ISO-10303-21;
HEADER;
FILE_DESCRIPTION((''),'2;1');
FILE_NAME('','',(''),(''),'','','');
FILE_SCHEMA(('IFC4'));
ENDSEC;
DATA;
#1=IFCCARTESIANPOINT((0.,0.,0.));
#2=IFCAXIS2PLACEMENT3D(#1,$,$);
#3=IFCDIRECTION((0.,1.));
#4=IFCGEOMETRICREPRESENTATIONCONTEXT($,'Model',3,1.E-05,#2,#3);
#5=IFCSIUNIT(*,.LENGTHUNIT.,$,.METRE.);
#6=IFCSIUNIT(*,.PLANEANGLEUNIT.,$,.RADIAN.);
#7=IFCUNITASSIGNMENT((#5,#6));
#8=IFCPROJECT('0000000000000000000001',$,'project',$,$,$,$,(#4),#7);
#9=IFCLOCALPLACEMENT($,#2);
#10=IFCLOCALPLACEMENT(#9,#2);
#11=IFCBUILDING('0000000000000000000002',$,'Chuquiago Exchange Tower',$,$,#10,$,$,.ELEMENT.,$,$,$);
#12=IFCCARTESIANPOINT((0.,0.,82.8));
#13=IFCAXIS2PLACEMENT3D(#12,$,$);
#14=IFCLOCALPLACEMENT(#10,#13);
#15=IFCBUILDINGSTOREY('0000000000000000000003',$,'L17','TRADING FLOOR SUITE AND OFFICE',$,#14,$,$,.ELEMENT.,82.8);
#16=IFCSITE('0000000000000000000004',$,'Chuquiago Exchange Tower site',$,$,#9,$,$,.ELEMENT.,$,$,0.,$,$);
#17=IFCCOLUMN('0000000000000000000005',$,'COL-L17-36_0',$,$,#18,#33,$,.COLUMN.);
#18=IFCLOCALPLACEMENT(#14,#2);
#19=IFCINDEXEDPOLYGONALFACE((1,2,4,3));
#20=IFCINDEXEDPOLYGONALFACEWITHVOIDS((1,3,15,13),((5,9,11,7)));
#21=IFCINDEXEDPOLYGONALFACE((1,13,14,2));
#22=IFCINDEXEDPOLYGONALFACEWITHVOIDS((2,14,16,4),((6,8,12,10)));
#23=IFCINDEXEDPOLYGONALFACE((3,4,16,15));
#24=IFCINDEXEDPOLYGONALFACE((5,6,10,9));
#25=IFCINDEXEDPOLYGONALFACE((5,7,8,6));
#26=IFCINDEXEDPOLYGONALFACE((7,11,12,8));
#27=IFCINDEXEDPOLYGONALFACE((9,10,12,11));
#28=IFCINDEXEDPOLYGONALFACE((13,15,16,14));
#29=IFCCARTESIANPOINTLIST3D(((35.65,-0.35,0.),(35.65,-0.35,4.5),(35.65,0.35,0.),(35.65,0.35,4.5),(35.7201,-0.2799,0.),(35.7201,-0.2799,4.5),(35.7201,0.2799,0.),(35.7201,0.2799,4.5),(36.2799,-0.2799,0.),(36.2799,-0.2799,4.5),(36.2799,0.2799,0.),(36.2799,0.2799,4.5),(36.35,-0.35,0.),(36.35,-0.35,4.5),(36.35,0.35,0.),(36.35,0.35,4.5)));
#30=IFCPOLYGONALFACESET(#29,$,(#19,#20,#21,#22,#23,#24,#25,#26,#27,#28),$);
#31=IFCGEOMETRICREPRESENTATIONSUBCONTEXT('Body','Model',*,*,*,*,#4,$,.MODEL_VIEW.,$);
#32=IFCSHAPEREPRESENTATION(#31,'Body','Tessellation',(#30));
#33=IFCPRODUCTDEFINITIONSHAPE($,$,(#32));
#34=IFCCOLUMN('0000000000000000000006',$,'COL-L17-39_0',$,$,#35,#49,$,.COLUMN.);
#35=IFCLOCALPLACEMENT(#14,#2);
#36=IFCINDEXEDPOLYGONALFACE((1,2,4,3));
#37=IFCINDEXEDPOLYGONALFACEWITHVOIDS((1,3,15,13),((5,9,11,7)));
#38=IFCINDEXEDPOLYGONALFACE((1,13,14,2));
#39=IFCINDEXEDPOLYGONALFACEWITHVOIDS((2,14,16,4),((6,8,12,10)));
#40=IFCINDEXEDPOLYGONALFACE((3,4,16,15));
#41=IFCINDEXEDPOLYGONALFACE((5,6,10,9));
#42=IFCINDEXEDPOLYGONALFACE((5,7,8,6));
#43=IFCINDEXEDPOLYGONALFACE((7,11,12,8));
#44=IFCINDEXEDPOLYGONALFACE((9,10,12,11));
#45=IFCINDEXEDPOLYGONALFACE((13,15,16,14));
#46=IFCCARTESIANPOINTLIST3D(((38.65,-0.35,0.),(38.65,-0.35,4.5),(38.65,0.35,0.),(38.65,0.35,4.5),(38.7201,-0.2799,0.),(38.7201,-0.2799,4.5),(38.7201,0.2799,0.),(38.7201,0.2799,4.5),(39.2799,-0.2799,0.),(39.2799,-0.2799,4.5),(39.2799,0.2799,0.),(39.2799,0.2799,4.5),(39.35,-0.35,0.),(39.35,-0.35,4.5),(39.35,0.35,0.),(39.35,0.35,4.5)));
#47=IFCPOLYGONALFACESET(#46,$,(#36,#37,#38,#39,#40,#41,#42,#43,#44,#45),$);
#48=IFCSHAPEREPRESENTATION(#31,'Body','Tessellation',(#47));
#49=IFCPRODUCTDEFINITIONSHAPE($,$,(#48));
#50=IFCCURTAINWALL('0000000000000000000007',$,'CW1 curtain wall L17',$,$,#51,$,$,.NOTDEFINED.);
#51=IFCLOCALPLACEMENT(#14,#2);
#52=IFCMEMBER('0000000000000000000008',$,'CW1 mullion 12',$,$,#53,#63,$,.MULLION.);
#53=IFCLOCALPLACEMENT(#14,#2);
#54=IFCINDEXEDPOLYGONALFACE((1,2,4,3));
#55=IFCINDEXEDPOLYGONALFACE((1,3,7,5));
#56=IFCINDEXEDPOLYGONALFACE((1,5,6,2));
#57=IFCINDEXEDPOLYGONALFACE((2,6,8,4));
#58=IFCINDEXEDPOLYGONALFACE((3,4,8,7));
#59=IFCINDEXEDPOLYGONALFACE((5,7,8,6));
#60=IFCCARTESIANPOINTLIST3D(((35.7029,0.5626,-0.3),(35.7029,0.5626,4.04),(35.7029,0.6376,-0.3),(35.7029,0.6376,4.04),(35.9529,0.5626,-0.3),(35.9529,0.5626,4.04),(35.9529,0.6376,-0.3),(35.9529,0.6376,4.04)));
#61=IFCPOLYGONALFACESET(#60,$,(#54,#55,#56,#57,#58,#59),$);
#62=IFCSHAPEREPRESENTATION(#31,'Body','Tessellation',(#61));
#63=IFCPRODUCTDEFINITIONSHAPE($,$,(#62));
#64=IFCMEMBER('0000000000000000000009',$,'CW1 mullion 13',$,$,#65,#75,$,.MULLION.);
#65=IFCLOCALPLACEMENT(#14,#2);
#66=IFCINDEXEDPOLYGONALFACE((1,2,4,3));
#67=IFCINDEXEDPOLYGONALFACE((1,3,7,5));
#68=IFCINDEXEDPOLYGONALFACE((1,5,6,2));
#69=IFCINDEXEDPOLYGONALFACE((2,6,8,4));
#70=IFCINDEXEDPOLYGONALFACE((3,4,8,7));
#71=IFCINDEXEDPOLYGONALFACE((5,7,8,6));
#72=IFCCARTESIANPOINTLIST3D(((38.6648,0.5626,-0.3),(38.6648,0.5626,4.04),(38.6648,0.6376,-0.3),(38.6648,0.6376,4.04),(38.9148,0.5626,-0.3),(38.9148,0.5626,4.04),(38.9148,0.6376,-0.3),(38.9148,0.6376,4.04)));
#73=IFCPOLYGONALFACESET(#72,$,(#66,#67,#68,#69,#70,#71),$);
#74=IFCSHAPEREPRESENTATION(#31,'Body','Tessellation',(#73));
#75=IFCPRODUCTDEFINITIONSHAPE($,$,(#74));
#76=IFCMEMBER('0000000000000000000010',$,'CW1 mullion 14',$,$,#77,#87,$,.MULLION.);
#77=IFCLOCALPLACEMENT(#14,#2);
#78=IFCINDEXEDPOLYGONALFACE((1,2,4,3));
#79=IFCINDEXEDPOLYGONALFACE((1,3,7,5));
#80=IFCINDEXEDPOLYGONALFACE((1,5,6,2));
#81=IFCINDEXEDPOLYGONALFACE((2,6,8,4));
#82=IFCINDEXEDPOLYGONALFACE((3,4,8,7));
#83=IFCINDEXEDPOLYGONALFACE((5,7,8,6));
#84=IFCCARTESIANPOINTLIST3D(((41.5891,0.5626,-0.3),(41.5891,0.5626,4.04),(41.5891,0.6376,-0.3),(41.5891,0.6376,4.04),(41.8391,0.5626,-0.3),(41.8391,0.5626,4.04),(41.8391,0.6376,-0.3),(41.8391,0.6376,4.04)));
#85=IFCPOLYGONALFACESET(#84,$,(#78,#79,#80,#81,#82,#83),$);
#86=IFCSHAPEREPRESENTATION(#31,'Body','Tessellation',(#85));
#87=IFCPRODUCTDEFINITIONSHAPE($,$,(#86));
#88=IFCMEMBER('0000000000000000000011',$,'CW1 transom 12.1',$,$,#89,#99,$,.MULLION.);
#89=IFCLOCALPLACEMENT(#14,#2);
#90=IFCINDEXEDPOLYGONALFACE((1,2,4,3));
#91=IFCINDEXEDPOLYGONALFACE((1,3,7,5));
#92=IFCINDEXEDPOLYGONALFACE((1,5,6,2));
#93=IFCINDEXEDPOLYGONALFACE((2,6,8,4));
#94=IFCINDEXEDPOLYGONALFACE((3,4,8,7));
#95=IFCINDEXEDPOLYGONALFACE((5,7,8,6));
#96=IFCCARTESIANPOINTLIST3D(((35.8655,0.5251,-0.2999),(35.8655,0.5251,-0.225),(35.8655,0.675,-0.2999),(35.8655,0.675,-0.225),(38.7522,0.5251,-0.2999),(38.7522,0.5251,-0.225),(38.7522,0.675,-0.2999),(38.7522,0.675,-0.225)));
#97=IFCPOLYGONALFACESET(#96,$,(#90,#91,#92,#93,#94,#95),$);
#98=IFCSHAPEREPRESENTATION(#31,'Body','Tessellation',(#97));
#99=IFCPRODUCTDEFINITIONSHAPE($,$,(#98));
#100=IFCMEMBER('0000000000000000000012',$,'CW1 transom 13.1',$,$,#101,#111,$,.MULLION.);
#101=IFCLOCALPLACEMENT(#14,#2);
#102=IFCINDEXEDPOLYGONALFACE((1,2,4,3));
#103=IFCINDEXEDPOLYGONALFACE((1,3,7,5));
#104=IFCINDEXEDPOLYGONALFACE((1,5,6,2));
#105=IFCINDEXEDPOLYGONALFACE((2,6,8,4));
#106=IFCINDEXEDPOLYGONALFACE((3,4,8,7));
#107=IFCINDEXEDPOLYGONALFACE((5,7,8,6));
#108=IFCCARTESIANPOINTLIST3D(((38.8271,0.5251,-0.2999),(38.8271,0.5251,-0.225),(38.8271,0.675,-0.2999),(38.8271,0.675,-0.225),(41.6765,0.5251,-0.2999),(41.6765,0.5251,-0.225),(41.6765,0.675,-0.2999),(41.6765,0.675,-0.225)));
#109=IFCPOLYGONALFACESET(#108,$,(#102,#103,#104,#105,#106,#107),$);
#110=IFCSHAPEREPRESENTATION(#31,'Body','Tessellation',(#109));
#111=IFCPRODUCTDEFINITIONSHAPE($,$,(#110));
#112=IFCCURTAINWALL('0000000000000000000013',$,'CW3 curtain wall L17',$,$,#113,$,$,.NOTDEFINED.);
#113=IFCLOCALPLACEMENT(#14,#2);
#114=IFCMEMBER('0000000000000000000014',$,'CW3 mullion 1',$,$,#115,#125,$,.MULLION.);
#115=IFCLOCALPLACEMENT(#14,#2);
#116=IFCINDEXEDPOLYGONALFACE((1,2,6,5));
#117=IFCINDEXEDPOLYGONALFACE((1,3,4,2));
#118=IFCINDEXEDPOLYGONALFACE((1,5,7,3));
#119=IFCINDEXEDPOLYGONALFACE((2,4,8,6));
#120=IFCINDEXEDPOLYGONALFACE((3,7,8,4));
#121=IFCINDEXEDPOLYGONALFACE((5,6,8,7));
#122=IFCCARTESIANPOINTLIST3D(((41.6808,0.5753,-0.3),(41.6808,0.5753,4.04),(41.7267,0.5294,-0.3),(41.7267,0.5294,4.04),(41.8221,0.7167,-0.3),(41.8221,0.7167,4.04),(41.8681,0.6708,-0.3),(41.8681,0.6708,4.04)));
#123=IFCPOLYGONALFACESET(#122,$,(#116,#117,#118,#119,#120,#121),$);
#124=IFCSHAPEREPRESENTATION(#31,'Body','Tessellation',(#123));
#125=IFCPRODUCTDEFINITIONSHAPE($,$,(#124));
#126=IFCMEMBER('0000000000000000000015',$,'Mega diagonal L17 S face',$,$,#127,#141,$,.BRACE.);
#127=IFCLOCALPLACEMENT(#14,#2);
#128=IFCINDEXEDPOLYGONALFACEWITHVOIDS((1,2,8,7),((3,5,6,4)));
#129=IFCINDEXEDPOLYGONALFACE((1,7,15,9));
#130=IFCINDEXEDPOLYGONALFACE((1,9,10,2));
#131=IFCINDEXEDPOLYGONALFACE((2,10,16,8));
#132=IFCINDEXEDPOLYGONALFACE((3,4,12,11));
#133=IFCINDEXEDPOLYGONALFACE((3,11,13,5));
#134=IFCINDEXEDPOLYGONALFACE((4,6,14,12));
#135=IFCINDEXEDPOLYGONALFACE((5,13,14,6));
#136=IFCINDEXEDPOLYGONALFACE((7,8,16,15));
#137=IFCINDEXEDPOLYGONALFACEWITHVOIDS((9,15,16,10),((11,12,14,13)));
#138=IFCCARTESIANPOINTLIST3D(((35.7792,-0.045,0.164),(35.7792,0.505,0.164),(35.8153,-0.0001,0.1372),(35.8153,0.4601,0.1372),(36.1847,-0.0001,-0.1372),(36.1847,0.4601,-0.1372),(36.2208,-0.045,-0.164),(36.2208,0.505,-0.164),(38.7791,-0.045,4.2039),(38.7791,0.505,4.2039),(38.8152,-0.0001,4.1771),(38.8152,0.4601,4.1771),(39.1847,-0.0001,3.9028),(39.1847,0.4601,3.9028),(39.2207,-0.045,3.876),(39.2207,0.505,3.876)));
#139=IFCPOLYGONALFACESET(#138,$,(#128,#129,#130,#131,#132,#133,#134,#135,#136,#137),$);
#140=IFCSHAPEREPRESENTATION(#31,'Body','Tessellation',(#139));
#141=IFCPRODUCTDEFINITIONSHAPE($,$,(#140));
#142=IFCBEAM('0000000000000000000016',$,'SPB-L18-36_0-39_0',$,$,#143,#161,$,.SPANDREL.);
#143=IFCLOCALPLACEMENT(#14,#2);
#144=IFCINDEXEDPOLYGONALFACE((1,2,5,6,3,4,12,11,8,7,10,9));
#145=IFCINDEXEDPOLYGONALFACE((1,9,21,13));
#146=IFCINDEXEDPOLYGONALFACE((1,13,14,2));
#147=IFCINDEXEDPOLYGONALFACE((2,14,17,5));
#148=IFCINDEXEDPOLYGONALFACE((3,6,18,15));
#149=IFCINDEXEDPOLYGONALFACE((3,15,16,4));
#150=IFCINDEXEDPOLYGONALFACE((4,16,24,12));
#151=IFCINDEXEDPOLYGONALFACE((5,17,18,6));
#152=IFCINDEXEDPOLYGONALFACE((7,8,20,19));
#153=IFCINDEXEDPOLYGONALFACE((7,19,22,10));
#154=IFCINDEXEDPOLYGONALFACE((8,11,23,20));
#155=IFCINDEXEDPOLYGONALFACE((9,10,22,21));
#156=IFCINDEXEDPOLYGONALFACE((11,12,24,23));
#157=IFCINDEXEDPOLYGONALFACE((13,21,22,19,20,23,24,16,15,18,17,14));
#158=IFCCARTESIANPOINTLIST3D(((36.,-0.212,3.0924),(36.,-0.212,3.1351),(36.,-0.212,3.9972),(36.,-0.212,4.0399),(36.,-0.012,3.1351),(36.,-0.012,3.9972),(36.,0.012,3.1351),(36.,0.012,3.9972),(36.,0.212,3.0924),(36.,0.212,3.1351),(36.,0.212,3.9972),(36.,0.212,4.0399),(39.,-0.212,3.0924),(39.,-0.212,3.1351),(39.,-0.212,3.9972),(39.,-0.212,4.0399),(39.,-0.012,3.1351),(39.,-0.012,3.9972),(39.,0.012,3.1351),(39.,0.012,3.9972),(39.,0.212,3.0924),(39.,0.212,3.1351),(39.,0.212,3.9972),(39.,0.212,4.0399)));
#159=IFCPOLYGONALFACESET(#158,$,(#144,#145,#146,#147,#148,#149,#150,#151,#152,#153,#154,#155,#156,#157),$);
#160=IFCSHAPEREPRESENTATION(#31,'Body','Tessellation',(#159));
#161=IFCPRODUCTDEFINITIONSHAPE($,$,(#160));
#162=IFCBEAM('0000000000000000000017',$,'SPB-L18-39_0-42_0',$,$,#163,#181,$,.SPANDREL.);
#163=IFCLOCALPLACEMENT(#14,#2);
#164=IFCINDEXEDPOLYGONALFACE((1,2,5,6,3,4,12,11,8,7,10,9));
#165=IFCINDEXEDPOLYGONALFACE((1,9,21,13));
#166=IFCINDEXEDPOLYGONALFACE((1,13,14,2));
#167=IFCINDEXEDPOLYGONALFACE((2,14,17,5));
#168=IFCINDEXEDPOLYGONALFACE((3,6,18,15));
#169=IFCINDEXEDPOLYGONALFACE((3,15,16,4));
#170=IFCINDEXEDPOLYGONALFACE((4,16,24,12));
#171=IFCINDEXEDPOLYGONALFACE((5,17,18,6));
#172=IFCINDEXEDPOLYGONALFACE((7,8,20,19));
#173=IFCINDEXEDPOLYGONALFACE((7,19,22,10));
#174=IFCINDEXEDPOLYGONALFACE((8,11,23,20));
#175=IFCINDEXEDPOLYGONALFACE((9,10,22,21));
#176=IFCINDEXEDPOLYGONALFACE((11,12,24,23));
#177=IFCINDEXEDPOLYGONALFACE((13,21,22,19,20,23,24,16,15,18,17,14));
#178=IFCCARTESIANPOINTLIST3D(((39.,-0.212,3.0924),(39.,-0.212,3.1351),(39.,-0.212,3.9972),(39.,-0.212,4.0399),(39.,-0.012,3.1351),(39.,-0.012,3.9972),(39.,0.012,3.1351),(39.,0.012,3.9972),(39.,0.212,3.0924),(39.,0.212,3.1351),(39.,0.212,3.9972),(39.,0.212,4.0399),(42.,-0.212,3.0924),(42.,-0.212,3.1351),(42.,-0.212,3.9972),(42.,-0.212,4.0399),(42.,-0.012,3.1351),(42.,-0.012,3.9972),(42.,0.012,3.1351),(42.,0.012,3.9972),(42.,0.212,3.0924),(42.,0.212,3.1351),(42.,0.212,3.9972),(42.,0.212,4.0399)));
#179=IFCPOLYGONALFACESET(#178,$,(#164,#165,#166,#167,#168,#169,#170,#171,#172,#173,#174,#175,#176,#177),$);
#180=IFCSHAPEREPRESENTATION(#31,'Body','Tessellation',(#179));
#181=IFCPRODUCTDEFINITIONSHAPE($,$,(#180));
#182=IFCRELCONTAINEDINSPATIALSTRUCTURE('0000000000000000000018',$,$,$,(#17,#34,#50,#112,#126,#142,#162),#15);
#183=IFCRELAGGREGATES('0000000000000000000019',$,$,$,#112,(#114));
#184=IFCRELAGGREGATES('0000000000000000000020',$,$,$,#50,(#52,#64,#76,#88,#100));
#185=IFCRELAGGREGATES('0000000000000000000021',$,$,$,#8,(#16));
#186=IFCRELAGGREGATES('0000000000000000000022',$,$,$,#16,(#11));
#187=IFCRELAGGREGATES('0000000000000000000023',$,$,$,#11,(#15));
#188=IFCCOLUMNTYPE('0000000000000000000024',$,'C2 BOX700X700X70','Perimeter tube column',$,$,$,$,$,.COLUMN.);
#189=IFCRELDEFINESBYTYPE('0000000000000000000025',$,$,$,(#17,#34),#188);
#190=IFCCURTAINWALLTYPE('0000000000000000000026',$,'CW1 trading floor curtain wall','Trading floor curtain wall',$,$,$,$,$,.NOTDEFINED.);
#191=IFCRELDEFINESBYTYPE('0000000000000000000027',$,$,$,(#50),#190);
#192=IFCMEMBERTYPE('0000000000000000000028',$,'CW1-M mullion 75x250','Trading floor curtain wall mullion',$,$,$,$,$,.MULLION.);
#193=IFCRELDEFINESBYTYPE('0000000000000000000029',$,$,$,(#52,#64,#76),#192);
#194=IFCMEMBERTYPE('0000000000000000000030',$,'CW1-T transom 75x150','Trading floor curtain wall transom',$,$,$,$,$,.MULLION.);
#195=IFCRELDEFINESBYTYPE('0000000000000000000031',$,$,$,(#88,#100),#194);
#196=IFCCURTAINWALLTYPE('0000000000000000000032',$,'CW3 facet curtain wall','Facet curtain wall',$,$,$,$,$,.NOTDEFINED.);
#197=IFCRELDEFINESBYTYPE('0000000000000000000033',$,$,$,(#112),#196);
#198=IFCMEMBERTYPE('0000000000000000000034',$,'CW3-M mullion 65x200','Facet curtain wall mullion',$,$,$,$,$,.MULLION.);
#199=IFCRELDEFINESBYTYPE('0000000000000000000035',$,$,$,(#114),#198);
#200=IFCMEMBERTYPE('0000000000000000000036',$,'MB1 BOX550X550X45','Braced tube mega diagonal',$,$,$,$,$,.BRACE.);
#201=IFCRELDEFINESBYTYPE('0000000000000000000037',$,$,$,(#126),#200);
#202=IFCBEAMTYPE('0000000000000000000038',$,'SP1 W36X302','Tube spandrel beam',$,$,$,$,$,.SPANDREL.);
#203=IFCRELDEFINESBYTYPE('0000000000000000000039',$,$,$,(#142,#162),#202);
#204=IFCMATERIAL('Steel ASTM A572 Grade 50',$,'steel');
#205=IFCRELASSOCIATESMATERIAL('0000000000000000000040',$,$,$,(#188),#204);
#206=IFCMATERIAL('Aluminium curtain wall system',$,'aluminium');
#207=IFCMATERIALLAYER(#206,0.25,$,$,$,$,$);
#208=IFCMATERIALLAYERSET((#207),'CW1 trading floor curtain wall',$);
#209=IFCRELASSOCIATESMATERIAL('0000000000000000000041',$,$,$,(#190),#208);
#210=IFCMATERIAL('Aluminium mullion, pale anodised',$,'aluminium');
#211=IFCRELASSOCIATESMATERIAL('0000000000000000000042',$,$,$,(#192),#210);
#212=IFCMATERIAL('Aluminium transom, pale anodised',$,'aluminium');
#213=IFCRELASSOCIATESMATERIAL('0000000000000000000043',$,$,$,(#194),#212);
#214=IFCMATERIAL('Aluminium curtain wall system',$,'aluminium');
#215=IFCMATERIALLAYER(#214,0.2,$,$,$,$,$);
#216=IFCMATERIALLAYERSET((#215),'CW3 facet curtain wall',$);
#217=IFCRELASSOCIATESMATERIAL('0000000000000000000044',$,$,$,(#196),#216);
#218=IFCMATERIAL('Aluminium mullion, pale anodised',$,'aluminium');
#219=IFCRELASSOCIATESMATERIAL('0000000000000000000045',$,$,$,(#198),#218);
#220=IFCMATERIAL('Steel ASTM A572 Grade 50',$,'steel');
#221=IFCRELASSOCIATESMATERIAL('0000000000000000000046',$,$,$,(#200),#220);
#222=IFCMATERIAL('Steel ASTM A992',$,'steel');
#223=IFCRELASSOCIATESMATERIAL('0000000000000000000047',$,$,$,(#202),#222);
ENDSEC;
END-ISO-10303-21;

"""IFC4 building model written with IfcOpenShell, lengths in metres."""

from ifc_helpers import new_model, si_unit, direction, frame, origin, origin_2d, place, context, subcontext, project, spatial, rectangle, hollow_rectangle, i_section, extrude, material, layer, layer_set, material_profile, profile_set, type_object, element, aggregate, save


model = new_model("IFC4")

# Units and contexts
model_context = context("Model", 3, precision=1e-05, world=origin(), true_north=direction((0.0, 1.0)))
body_context = subcontext(model_context, "Body", "Model", "MODEL_VIEW")
ifc_project = project(units=[si_unit("LENGTHUNIT", "METRE"), si_unit("PLANEANGLEUNIT", "RADIAN")], contexts=[model_context])

# Site, building, storey
site_placement = place(None, origin())
site = spatial("IfcSite", under=ifc_project, at=site_placement, Name="Chuquiago Exchange Tower site", CompositionType="ELEMENT", RefElevation=0.0)
building_placement = place(site_placement, origin())
building = spatial("IfcBuilding", under=site, at=building_placement, Name="Chuquiago Exchange Tower", CompositionType="ELEMENT")
storey_placement = place(building_placement, frame((0.0, 0.0, 82.8)))
storey = spatial("IfcBuildingStorey", under=building, at=storey_placement, Name="L17", Description="TRADING FLOOR SUITE AND OFFICE", CompositionType="ELEMENT", Elevation=82.8)

# Columns
ifc_material_1 = material(Name="Steel ASTM A572 Grade 50", Category="steel")
ifc_material_profile_1 = material_profile(ifc_material_1, hollow_rectangle(XDim=0.7, YDim=0.7, WallThickness=0.0701, at=origin_2d()), Name="BOX700X700X70")
ifc_profile_set_1 = profile_set([ifc_material_profile_1], Name="Steel ASTM A572 Grade 50")
column_type = type_object("IfcColumnType", Name="C2 BOX700X700X70", Description="Perimeter tube column", PredefinedType="COLUMN", material=ifc_profile_set_1)
for number, where, z_axis, x_axis, name in (
    (1, (36.0, 0.0, 0.0), (0.0, 0.0, 1.0), (0.0, -1.0, 0.0), "COL-L17-36_0"),
    (2, (39.0, 0.0, 0.0), (0.0, 0.0, 1.0), (0.0, -1.0, 0.0), "COL-L17-39_0"),
):
    element("IfcColumn", number, at=place(storey_placement, frame(where, z_axis=z_axis, x_axis=x_axis)), inside=storey, type_object=column_type, Name=name, PredefinedType="COLUMN", context=body_context, shape_type="SweptSolid", body=[
        extrude(hollow_rectangle(XDim=0.7, YDim=0.7, WallThickness=0.0701, at=origin_2d()), origin(), (0.0, 0.0, 1.0), 4.5),
    ])

# Curtain wall, members
ifc_material_2 = material(Name="Aluminium curtain wall system", Category="aluminium")
ifc_layer_1 = layer(ifc_material_2, 0.25)
ifc_layer_set_1 = layer_set([ifc_layer_1], Name="CW1 trading floor curtain wall")
curtain_wall_type_1 = type_object("IfcCurtainWallType", Name="CW1 trading floor curtain wall", Description="Trading floor curtain wall", PredefinedType="NOTDEFINED", material=ifc_layer_set_1)
curtain_wall_1_placement = place(storey_placement, origin())
curtain_wall_1 = element("IfcCurtainWall", 3, at=curtain_wall_1_placement, inside=storey, type_object=curtain_wall_type_1, Name="CW1 curtain wall L17", PredefinedType="NOTDEFINED")
ifc_material_3 = material(Name="Aluminium mullion, pale anodised", Category="aluminium")
ifc_material_profile_2 = material_profile(ifc_material_3, rectangle(XDim=0.075, YDim=0.25, at=origin_2d()), Name="AL 75x250")
ifc_profile_set_2 = profile_set([ifc_material_profile_2], Name="Aluminium mullion, pale anodised")
member_type_1 = type_object("IfcMemberType", Name="CW1-M mullion 75x250", Description="Trading floor curtain wall mullion", PredefinedType="MULLION", material=ifc_profile_set_2)
member_1_placement = place(storey_placement, frame((35.8279, 0.6001, -0.3), z_axis=(0.0, 0.0, 1.0), x_axis=(0.0, 1.0, 0.0)))
member_1 = element("IfcMember", 4, at=member_1_placement, type_object=member_type_1, Name="CW1 mullion 12", PredefinedType="MULLION", context=body_context, shape_type="SweptSolid", body=[
    extrude(rectangle(XDim=0.075, YDim=0.25, at=origin_2d()), origin(), (0.0, 0.0, 1.0), 4.3401),
])
member_2_placement = place(storey_placement, frame((38.7898, 0.6001, -0.3), z_axis=(0.0, 0.0, 1.0), x_axis=(0.0, 1.0, 0.0)))
member_2 = element("IfcMember", 5, at=member_2_placement, type_object=member_type_1, Name="CW1 mullion 13", PredefinedType="MULLION", context=body_context, shape_type="SweptSolid", body=[
    extrude(rectangle(XDim=0.075, YDim=0.25, at=origin_2d()), origin(), (0.0, 0.0, 1.0), 4.3401),
])
member_3_placement = place(storey_placement, frame((41.7141, 0.6001, -0.3), z_axis=(0.0, 0.0, 1.0), x_axis=(0.0, 1.0, 0.0)))
member_3 = element("IfcMember", 6, at=member_3_placement, type_object=member_type_1, Name="CW1 mullion 14", PredefinedType="MULLION", context=body_context, shape_type="SweptSolid", body=[
    extrude(rectangle(XDim=0.075, YDim=0.25, at=origin_2d()), origin(), (0.0, 0.0, 1.0), 4.3401),
])
ifc_material_4 = material(Name="Aluminium transom, pale anodised", Category="aluminium")
ifc_material_profile_3 = material_profile(ifc_material_4, rectangle(XDim=0.1499, YDim=0.075, at=origin_2d()), Name="AL 150x75")
ifc_profile_set_3 = profile_set([ifc_material_profile_3], Name="Aluminium transom, pale anodised")
member_type_2 = type_object("IfcMemberType", Name="CW1-T transom 75x150", Description="Trading floor curtain wall transom", PredefinedType="MULLION", material=ifc_profile_set_3)
member_4_placement = place(storey_placement, frame((35.8655, 0.6001, -0.2625), z_axis=(1.0, 0.0, 0.0), x_axis=(0.0, 1.0, 0.0)))
member_4 = element("IfcMember", 7, at=member_4_placement, type_object=member_type_2, Name="CW1 transom 12.1", PredefinedType="MULLION", context=body_context, shape_type="SweptSolid", body=[
    extrude(rectangle(XDim=0.1499, YDim=0.075, at=origin_2d()), origin(), (0.0, 0.0, 1.0), 2.8867),
])
member_5_placement = place(storey_placement, frame((38.8271, 0.6001, -0.2625), z_axis=(1.0, 0.0, 0.0), x_axis=(0.0, 1.0, 0.0)))
member_5 = element("IfcMember", 8, at=member_5_placement, type_object=member_type_2, Name="CW1 transom 13.1", PredefinedType="MULLION", context=body_context, shape_type="SweptSolid", body=[
    extrude(rectangle(XDim=0.1499, YDim=0.075, at=origin_2d()), origin(), (0.0, 0.0, 1.0), 2.8494),
])

# Curtain wall, member
ifc_material_5 = material(Name="Aluminium curtain wall system", Category="aluminium")
ifc_layer_2 = layer(ifc_material_5, 0.2)
ifc_layer_set_2 = layer_set([ifc_layer_2], Name="CW3 facet curtain wall")
curtain_wall_type_2 = type_object("IfcCurtainWallType", Name="CW3 facet curtain wall", Description="Facet curtain wall", PredefinedType="NOTDEFINED", material=ifc_layer_set_2)
curtain_wall_2_placement = place(storey_placement, origin())
curtain_wall_2 = element("IfcCurtainWall", 9, at=curtain_wall_2_placement, inside=storey, type_object=curtain_wall_type_2, Name="CW3 curtain wall L17", PredefinedType="NOTDEFINED")
ifc_material_6 = material(Name="Aluminium mullion, pale anodised", Category="aluminium")
ifc_material_profile_4 = material_profile(ifc_material_6, rectangle(XDim=0.0649, YDim=0.2, at=origin_2d()), Name="AL 65x200")
ifc_profile_set_4 = profile_set([ifc_material_profile_4], Name="Aluminium mullion, pale anodised")
member_type_3 = type_object("IfcMemberType", Name="CW3-M mullion 65x200", Description="Facet curtain wall mullion", PredefinedType="MULLION", material=ifc_profile_set_4)
member_6_placement = place(storey_placement, frame((41.7744, 0.623, -0.3), z_axis=(0.0, 0.0, 1.0), x_axis=(-0.707107, 0.707107, 0.0)))
member_6 = element("IfcMember", 10, at=member_6_placement, type_object=member_type_3, Name="CW3 mullion 1", PredefinedType="MULLION", context=body_context, shape_type="SweptSolid", body=[
    extrude(rectangle(XDim=0.0649, YDim=0.2, at=origin_2d()), origin(), (0.0, 0.0, 1.0), 4.3401),
])
aggregate(curtain_wall_2, [member_6])

# Member
ifc_material_7 = material(Name="Steel ASTM A572 Grade 50", Category="steel")
ifc_material_profile_5 = material_profile(ifc_material_7, hollow_rectangle(XDim=0.55, YDim=0.55, WallThickness=0.0449, at=origin_2d()), Name="BOX550X550X45")
ifc_profile_set_5 = profile_set([ifc_material_profile_5], Name="Steel ASTM A572 Grade 50")
member_type_4 = type_object("IfcMemberType", Name="MB1 BOX550X550X45", Description="Braced tube mega diagonal", PredefinedType="BRACE", material=ifc_profile_set_5)
member_7_placement = place(storey_placement, frame((36.0, 0.23, 0.0), z_axis=(0.596174, 0.0, 0.802855), x_axis=(0.0, 1.0, 0.0)))
element("IfcMember", 11, at=member_7_placement, inside=storey, type_object=member_type_4, Name="Mega diagonal L17 S face", PredefinedType="BRACE", context=body_context, shape_type="SweptSolid", body=[
    extrude(hollow_rectangle(XDim=0.55, YDim=0.55, WallThickness=0.0449, at=origin_2d()), origin(), (0.0, 0.0, 1.0), 5.032),
])

# Beams
ifc_material_8 = material(Name="Steel ASTM A992", Category="steel")
ifc_material_profile_6 = material_profile(ifc_material_8, i_section(OverallWidth=0.4241, OverallDepth=0.9475, WebThickness=0.0239, FlangeThickness=0.0427, at=origin_2d()), Name="W36X302")
ifc_profile_set_6 = profile_set([ifc_material_profile_6], Name="Steel ASTM A992")
beam_type = type_object("IfcBeamType", Name="SP1 W36X302", Description="Tube spandrel beam", PredefinedType="SPANDREL", material=ifc_profile_set_6)
for number, where, z_axis, x_axis, name in (
    (12, (36.0, 0.0, 3.5662), (1.0, 0.0, 0.0), (0.0, 1.0, 0.0), "SPB-L18-36_0-39_0"),
    (13, (39.0, 0.0, 3.5662), (1.0, 0.0, 0.0), (0.0, 1.0, 0.0), "SPB-L18-39_0-42_0"),
):
    element("IfcBeam", number, at=place(storey_placement, frame(where, z_axis=z_axis, x_axis=x_axis)), inside=storey, type_object=beam_type, Name=name, PredefinedType="SPANDREL", context=body_context, shape_type="SweptSolid", body=[
        extrude(i_section(OverallWidth=0.4241, OverallDepth=0.9475, WebThickness=0.0239, FlangeThickness=0.0427, at=origin_2d()), origin(), (0.0, 0.0, 1.0), 3.0),
    ])

aggregate(curtain_wall_1, [member_1, member_2, member_3, member_4, member_5])

save(model, "model.ifc")
